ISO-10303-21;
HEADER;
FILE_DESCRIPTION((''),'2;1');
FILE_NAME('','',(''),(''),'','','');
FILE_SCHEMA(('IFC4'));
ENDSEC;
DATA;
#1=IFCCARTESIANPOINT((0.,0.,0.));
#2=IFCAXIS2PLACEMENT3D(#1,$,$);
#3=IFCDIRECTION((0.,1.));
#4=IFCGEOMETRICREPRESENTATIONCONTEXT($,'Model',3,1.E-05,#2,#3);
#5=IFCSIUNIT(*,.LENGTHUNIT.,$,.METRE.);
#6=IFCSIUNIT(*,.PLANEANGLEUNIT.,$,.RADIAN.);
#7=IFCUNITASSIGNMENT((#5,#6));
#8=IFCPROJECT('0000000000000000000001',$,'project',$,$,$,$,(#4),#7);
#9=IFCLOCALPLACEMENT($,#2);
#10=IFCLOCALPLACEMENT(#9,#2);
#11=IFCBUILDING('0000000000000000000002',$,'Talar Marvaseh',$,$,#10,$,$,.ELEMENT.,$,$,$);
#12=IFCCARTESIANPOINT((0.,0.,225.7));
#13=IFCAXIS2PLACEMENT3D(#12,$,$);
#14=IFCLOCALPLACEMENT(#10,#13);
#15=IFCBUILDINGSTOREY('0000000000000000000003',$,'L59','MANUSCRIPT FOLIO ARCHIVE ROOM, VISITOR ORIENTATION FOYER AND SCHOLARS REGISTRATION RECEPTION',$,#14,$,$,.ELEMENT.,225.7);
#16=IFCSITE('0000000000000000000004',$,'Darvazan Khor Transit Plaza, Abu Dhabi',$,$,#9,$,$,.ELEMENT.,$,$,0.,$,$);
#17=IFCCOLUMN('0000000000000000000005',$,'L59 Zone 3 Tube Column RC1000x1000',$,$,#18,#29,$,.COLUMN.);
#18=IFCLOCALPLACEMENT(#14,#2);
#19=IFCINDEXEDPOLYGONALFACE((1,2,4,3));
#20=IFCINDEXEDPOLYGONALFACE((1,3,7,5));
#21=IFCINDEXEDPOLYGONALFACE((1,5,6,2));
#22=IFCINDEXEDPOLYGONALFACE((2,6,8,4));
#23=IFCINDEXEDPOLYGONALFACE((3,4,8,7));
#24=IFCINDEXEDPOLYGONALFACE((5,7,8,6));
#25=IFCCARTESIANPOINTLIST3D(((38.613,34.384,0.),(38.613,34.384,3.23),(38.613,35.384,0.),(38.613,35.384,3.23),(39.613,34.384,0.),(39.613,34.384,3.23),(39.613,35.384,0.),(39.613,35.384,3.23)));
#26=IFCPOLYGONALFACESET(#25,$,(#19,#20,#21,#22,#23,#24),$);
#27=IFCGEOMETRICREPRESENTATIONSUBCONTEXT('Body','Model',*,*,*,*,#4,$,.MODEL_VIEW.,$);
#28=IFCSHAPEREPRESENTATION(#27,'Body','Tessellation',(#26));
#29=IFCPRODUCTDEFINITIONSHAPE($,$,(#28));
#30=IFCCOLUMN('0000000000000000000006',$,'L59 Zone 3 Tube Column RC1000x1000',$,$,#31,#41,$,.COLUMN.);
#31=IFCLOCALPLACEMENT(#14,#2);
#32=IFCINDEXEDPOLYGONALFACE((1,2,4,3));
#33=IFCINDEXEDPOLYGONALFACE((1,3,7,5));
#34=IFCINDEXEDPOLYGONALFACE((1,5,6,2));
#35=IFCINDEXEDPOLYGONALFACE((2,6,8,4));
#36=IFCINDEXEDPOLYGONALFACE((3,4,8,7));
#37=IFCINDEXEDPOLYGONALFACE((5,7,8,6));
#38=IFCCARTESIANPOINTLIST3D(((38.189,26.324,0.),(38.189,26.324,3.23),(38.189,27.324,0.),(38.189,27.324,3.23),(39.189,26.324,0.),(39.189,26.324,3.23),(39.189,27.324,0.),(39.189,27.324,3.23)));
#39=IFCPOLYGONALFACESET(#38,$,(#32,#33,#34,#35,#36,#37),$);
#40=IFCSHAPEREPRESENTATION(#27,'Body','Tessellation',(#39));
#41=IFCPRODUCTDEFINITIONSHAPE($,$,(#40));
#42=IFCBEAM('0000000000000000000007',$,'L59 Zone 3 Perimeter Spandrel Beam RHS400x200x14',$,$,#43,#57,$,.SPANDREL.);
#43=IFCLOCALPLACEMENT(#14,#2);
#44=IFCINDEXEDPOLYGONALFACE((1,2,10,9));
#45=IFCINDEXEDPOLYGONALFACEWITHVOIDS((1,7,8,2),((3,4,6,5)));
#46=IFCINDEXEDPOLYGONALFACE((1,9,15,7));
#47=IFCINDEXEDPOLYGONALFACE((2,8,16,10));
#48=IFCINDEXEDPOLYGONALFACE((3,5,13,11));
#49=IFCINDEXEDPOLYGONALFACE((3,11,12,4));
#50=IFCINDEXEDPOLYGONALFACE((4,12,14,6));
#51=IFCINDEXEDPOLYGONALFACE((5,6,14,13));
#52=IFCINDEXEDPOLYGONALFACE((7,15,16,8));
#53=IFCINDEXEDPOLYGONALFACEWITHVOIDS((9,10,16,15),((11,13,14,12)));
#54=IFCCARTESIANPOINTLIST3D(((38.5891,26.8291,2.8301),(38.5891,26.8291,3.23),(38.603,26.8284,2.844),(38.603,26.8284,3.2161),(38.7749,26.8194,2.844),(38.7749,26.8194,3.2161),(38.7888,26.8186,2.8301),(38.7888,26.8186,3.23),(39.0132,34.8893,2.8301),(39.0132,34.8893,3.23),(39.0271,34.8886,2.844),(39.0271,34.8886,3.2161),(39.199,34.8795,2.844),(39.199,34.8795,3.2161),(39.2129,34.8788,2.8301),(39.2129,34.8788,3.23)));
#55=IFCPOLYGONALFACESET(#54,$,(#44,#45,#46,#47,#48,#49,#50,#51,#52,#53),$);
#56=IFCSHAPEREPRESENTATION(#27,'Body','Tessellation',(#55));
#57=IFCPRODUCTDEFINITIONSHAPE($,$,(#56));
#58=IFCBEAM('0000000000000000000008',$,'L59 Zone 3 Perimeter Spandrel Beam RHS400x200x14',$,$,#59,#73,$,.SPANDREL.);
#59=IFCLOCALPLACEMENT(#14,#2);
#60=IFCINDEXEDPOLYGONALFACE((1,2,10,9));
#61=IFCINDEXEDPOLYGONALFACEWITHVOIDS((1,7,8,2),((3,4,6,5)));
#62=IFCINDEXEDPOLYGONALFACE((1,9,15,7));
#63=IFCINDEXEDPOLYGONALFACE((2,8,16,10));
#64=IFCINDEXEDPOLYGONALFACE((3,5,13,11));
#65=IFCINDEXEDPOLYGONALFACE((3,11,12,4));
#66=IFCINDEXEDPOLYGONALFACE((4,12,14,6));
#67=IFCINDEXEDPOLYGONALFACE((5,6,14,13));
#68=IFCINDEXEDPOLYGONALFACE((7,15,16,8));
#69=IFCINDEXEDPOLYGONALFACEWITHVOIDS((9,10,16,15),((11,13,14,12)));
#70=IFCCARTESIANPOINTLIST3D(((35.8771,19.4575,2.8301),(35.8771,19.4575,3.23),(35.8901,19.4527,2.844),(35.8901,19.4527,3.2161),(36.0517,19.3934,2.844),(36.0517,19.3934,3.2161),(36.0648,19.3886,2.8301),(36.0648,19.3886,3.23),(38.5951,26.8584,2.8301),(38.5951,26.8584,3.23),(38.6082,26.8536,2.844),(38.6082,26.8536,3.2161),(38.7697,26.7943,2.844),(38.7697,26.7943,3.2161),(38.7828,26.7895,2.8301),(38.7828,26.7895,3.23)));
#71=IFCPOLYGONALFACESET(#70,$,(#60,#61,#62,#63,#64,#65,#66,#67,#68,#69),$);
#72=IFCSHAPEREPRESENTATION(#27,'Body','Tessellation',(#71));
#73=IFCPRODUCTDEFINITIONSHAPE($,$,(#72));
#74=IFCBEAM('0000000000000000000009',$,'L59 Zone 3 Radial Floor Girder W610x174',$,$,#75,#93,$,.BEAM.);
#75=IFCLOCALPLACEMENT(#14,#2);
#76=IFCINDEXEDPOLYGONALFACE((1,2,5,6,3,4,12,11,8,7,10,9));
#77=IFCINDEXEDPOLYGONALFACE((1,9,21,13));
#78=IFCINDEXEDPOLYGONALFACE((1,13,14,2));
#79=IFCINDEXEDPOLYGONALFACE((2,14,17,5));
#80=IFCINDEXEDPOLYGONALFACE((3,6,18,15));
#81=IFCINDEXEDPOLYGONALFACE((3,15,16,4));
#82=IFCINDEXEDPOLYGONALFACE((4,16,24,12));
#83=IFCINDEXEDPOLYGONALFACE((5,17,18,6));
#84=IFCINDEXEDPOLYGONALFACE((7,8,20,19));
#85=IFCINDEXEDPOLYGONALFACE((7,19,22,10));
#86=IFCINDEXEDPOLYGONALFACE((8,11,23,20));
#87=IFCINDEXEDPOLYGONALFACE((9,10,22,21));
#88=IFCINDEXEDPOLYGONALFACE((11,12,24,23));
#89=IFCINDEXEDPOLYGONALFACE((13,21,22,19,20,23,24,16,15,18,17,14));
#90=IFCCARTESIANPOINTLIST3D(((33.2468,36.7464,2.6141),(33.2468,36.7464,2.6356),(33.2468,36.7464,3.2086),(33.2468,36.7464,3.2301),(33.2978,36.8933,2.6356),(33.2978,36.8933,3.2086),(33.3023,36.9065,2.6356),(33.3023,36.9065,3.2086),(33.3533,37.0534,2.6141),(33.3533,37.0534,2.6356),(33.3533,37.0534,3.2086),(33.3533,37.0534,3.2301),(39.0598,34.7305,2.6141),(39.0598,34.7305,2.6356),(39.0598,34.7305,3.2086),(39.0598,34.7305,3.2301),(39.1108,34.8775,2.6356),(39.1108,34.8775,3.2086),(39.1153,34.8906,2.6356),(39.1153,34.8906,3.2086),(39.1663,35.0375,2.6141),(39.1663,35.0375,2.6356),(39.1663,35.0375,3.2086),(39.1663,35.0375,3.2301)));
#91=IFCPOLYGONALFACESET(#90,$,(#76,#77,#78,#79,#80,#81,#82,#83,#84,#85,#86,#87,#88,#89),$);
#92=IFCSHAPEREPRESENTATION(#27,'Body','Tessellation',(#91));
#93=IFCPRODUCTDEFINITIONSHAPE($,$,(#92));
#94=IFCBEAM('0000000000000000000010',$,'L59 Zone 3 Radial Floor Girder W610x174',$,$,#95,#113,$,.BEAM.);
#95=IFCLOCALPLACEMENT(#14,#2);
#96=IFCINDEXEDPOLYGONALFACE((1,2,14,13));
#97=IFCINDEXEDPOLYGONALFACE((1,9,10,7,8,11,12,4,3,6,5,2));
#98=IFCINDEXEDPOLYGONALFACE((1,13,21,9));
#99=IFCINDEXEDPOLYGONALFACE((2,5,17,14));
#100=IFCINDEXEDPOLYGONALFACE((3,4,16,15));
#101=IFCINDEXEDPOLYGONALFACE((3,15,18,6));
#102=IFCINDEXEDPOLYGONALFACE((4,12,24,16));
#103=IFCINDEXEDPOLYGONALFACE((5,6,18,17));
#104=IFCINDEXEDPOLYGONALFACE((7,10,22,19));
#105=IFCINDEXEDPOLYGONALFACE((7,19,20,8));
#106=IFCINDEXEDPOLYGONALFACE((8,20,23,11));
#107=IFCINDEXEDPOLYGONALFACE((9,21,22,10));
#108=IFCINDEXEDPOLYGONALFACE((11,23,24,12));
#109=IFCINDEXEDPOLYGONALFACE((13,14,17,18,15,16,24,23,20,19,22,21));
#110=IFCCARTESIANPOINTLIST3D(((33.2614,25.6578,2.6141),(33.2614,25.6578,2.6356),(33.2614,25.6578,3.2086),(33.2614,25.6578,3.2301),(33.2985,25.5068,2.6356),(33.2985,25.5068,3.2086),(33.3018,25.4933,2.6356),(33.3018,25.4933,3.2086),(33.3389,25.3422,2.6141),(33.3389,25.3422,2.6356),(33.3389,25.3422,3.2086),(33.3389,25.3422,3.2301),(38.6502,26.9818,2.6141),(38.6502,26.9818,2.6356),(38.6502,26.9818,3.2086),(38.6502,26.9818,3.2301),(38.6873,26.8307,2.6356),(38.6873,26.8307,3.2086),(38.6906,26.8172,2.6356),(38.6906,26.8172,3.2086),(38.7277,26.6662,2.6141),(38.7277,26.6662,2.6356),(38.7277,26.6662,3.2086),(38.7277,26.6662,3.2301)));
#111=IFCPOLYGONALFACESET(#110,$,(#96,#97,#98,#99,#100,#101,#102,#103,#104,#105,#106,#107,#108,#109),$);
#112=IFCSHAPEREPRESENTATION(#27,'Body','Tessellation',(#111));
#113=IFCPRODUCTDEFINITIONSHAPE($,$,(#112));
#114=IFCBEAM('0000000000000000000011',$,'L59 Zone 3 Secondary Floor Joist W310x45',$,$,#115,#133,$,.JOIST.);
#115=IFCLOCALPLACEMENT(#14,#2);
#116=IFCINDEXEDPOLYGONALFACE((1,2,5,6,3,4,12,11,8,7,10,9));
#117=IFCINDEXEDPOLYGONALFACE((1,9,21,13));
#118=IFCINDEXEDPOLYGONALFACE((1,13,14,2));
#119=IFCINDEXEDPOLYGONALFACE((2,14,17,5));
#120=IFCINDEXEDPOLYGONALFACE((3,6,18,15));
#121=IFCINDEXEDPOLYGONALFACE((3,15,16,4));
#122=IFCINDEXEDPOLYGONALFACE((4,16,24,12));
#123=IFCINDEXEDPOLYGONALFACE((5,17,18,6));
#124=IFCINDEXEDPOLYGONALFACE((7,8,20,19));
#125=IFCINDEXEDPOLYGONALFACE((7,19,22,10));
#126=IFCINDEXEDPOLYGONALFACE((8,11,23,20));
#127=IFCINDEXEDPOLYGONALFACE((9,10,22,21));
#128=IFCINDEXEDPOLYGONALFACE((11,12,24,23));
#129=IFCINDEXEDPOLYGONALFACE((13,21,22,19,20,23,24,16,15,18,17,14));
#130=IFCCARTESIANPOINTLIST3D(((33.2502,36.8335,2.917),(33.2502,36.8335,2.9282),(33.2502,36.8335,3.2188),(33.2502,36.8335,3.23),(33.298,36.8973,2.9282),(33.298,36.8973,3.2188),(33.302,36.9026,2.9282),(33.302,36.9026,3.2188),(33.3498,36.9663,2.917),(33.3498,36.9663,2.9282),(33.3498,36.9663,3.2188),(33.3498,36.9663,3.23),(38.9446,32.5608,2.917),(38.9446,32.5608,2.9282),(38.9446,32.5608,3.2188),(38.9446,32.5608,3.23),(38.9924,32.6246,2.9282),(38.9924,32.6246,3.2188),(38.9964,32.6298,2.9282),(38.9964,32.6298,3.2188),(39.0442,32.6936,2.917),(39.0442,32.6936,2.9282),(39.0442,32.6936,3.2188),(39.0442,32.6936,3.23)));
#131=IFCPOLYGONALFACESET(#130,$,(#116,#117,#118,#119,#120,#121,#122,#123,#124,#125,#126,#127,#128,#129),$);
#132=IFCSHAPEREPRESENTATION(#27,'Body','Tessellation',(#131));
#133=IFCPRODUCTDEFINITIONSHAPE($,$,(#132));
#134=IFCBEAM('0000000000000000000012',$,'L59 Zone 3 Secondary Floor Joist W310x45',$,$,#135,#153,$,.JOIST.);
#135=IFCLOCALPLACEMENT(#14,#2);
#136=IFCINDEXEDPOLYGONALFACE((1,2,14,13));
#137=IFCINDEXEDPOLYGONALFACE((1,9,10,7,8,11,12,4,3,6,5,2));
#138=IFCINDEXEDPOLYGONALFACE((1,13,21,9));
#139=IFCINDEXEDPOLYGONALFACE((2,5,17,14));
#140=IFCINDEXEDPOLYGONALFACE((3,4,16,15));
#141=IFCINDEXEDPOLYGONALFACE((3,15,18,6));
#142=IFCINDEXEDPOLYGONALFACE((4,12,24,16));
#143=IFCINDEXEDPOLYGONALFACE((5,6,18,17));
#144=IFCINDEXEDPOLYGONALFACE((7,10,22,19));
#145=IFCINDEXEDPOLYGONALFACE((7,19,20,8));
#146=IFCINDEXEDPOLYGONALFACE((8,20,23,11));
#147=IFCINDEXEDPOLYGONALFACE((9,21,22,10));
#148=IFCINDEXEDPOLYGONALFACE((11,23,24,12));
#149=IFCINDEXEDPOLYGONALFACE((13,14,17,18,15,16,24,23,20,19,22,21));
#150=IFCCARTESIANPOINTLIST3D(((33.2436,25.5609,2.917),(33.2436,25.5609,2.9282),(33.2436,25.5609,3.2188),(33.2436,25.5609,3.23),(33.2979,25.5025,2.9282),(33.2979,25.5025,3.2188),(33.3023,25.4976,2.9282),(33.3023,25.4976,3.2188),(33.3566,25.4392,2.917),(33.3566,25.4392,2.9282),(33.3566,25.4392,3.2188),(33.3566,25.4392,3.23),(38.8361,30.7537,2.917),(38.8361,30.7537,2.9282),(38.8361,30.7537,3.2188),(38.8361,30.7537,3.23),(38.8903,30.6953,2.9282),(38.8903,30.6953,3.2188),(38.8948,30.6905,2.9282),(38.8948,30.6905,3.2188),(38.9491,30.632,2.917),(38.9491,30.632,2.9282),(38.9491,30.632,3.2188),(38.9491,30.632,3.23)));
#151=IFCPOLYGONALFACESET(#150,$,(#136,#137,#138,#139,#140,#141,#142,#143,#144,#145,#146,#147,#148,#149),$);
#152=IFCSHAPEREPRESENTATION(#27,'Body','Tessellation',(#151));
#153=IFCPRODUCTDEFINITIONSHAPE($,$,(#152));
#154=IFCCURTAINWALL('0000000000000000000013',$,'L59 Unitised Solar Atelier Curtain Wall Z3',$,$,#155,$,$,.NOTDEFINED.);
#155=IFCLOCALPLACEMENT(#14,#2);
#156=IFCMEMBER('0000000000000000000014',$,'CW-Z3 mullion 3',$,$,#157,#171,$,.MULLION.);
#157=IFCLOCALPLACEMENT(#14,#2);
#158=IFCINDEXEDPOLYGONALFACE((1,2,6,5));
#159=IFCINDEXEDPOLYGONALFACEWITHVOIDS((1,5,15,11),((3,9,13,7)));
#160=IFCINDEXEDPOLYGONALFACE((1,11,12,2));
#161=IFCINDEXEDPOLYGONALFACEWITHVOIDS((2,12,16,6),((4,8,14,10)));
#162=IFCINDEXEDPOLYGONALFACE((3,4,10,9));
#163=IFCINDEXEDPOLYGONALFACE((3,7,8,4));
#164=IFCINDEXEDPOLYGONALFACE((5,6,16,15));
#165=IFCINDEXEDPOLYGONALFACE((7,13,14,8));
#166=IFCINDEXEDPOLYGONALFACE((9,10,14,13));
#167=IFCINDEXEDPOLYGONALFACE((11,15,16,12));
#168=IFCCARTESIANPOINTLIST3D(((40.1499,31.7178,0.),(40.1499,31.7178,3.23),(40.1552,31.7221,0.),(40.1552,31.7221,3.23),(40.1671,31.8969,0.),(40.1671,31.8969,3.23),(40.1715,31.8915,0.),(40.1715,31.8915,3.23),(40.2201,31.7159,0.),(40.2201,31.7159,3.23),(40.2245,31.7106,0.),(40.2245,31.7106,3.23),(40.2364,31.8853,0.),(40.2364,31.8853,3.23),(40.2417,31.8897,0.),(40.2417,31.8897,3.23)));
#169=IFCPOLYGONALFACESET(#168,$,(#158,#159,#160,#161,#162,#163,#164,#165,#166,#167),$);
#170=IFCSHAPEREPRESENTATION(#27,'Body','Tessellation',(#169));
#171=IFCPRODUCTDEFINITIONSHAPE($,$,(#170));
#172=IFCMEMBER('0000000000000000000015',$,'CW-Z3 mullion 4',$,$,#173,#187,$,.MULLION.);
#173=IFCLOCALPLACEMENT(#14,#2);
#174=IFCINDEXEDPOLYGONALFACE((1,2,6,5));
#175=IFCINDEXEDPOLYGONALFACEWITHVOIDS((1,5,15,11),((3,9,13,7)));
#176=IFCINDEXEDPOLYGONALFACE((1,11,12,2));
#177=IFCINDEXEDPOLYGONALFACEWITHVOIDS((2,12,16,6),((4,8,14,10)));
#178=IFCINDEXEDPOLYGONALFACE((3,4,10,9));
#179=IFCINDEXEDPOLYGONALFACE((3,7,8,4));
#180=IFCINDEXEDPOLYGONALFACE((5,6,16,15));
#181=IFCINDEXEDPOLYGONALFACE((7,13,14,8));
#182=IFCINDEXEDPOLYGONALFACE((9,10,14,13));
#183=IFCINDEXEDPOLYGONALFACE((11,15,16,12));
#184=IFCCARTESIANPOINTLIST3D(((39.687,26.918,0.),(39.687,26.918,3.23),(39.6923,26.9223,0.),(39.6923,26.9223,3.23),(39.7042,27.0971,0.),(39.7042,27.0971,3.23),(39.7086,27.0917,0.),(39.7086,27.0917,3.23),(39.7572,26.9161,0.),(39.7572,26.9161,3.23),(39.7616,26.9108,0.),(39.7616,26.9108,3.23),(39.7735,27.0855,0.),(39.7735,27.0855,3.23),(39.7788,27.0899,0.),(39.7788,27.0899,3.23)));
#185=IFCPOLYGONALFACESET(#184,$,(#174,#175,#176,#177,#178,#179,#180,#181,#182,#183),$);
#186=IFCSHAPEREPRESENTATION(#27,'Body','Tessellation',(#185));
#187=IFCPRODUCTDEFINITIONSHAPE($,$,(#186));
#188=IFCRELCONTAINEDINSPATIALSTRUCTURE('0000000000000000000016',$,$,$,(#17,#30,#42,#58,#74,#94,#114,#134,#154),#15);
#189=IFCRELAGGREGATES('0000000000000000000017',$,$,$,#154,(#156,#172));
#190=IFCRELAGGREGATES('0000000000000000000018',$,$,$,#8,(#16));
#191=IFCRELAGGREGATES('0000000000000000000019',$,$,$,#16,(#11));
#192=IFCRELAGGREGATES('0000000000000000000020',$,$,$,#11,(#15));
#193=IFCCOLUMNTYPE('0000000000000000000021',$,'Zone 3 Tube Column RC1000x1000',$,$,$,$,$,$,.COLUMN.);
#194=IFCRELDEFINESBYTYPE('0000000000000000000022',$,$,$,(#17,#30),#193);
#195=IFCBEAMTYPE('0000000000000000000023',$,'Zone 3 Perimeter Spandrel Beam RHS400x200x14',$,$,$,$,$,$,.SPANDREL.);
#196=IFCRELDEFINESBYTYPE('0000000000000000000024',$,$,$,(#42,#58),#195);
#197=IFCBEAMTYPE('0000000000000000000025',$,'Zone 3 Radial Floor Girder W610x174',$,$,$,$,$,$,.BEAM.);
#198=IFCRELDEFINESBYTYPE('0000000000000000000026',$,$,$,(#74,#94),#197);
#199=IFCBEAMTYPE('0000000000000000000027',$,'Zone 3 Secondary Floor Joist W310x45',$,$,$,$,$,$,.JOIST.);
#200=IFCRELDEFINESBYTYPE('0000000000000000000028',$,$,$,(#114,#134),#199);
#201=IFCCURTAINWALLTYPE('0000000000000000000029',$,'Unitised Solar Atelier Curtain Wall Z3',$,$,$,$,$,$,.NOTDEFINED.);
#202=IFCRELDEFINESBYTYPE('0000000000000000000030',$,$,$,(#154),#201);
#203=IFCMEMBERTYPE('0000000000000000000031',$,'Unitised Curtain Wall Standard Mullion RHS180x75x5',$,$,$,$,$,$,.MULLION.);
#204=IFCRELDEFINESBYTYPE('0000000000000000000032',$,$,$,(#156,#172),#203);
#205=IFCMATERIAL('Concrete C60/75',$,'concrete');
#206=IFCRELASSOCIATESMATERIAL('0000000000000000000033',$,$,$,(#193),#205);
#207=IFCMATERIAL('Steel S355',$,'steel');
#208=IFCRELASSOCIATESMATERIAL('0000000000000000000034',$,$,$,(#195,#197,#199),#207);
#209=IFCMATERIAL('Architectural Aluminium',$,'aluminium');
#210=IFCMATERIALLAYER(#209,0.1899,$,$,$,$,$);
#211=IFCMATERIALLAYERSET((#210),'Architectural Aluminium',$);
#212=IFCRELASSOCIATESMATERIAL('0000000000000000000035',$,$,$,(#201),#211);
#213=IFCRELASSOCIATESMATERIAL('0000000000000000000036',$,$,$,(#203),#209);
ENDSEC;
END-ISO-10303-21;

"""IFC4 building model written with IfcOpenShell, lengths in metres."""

from ifc_helpers import new_model, si_unit, direction, frame, origin, origin_2d, place, context, subcontext, project, spatial, rectangle, hollow_rectangle, i_section, extrude, source, transform, mapped, material, layer, layer_set, material_profile, profile_set, type_object, type_shapes, element, aggregate, save


model = new_model("IFC4")

# Units and contexts
model_context = context("Model", 3, precision=1e-05, world=origin(), true_north=direction((0.0, 1.0)))
body_context = subcontext(model_context, "Body", "Model", "MODEL_VIEW")
ifc_project = project(units=[si_unit("LENGTHUNIT", "METRE"), si_unit("PLANEANGLEUNIT", "RADIAN")], contexts=[model_context])

# Site, building, storey
site_placement = place(None, origin())
site = spatial("IfcSite", under=ifc_project, at=site_placement, Name="Darvazan Khor Transit Plaza, Abu Dhabi", CompositionType="ELEMENT", RefElevation=0.0)
building_placement = place(site_placement, origin())
building = spatial("IfcBuilding", under=site, at=building_placement, Name="Talar Marvaseh", CompositionType="ELEMENT")
storey_placement = place(building_placement, frame((0.0, 0.0, 225.7)))
storey = spatial("IfcBuildingStorey", under=building, at=storey_placement, Name="L59", Description="MANUSCRIPT FOLIO ARCHIVE ROOM, VISITOR ORIENTATION FOYER AND SCHOLARS REGISTRATION RECEPTION", CompositionType="ELEMENT", Elevation=225.7)

# Columns
ifc_material_1 = material(Name="Concrete C60/75", Category="concrete")
ifc_material_profile_1 = material_profile(ifc_material_1, rectangle(XDim=1.0, YDim=1.0, at=origin_2d()), Name="RC1000x1000")
ifc_profile_set_1 = profile_set([ifc_material_profile_1], Name="Concrete C60/75")
column_type = type_object("IfcColumnType", Name="Zone 3 Tube Column RC1000x1000", PredefinedType="COLUMN", material=ifc_profile_set_1)
for number, where, z_axis, x_axis, name in (
    (1, (39.113, 34.884, 0.0), (0.0, 0.0, 1.0), (1.0, 0.0, 0.0), "L59 Zone 3 Tube Column RC1000x1000"),
    (2, (38.689, 26.824, 0.0), (0.0, 0.0, 1.0), (1.0, 0.0, 0.0), "L59 Zone 3 Tube Column RC1000x1000"),
):
    element("IfcColumn", number, at=place(storey_placement, frame(where, z_axis=z_axis, x_axis=x_axis)), inside=storey, type_object=column_type, Name=name, PredefinedType="COLUMN", context=body_context, shape_type="SweptSolid", body=[
        extrude(rectangle(XDim=1.0, YDim=1.0, at=origin_2d()), origin(), (0.0, 0.0, 1.0), 3.23),
    ])

# Beams
ifc_material_2 = material(Name="Steel S355", Category="steel")
ifc_material_profile_2 = material_profile(ifc_material_2, hollow_rectangle(XDim=0.2, YDim=0.3999, WallThickness=0.0139, at=origin_2d()), Name="RHS400x200x14")
ifc_profile_set_2 = profile_set([ifc_material_profile_2], Name="Steel S355")
beam_type_1 = type_object("IfcBeamType", Name="Zone 3 Perimeter Spandrel Beam RHS400x200x14", PredefinedType="SPANDREL", material=ifc_profile_set_2)
beam_1_placement = place(storey_placement, frame((39.113, 34.884, 3.03), z_axis=(-0.052541, -0.998619, 0.0), x_axis=(0.998619, -0.052541, 0.0)))
element("IfcBeam", 3, at=beam_1_placement, inside=storey, type_object=beam_type_1, Name="L59 Zone 3 Perimeter Spandrel Beam RHS400x200x14", PredefinedType="SPANDREL", context=body_context, shape_type="SweptSolid", body=[
    extrude(hollow_rectangle(XDim=0.2, YDim=0.3999, WallThickness=0.0139, at=origin_2d()), origin(), (0.0, 0.0, 1.0), 8.0713),
])
beam_2_placement = place(storey_placement, frame((38.689, 26.824, 3.03), z_axis=(-0.344742, -0.938697, 0.0), x_axis=(0.938697, -0.344742, 0.0)))
element("IfcBeam", 4, at=beam_2_placement, inside=storey, type_object=beam_type_1, Name="L59 Zone 3 Perimeter Spandrel Beam RHS400x200x14", PredefinedType="SPANDREL", context=body_context, shape_type="SweptSolid", body=[
    extrude(hollow_rectangle(XDim=0.2, YDim=0.3999, WallThickness=0.0139, at=origin_2d()), origin(), (0.0, 0.0, 1.0), 7.8843),
])
ifc_material_profile_3 = material_profile(ifc_material_2, i_section(OverallWidth=0.325, OverallDepth=0.616, WebThickness=0.0139, FlangeThickness=0.0215, at=origin_2d()), Name="W610x174")
ifc_profile_set_3 = profile_set([ifc_material_profile_3], Name="Steel S355")
beam_type_2 = type_object("IfcBeamType", Name="Zone 3 Radial Floor Girder W610x174", PredefinedType="BEAM", material=ifc_profile_set_3)
beam_3_placement = place(storey_placement, frame((39.113, 34.884, 2.9221), z_axis=(-0.944801, 0.327645, 0.0), x_axis=(-0.327645, -0.944801, 0.0)))
element("IfcBeam", 5, at=beam_3_placement, inside=storey, type_object=beam_type_2, Name="L59 Zone 3 Radial Floor Girder W610x174", PredefinedType="BEAM", context=body_context, shape_type="SweptSolid", body=[
    extrude(i_section(OverallWidth=0.325, OverallDepth=0.616, WebThickness=0.0139, FlangeThickness=0.0215, at=origin_2d()), origin(), (0.0, 0.0, 1.0), 6.1526),
])
beam_4_placement = place(storey_placement, frame((38.689, 26.824, 2.9221), z_axis=(-0.971121, -0.23859, 0.0), x_axis=(0.23859, -0.971121, 0.0)))
element("IfcBeam", 6, at=beam_4_placement, inside=storey, type_object=beam_type_2, Name="L59 Zone 3 Radial Floor Girder W610x174", PredefinedType="BEAM", context=body_context, shape_type="SweptSolid", body=[
    extrude(i_section(OverallWidth=0.325, OverallDepth=0.616, WebThickness=0.0139, FlangeThickness=0.0215, at=origin_2d()), origin(), (0.0, 0.0, 1.0), 5.5491),
])
ifc_material_profile_4 = material_profile(ifc_material_2, i_section(OverallWidth=0.166, OverallDepth=0.313, WebThickness=0.0066, FlangeThickness=0.0112, at=origin_2d()), Name="W310x45")
ifc_profile_set_4 = profile_set([ifc_material_profile_4], Name="Steel S355")
beam_type_3 = type_object("IfcBeamType", Name="Zone 3 Secondary Floor Joist W310x45", PredefinedType="JOIST", material=ifc_profile_set_4)
beam_5_placement = place(storey_placement, frame((38.9944, 32.6272, 3.0735), z_axis=(-0.799868, 0.600176, 0.0), x_axis=(-0.600176, -0.799868, 0.0)))
element("IfcBeam", 7, at=beam_5_placement, inside=storey, type_object=beam_type_3, Name="L59 Zone 3 Secondary Floor Joist W310x45", PredefinedType="JOIST", context=body_context, shape_type="SweptSolid", body=[
    extrude(i_section(OverallWidth=0.166, OverallDepth=0.313, WebThickness=0.0066, FlangeThickness=0.0112, at=origin_2d()), origin(), (0.0, 0.0, 1.0), 7.1191),
])
beam_6_placement = place(storey_placement, frame((38.8926, 30.6929, 3.0735), z_axis=(-0.732806, -0.680438, 0.0), x_axis=(0.680438, -0.732806, 0.0)))
element("IfcBeam", 8, at=beam_6_placement, inside=storey, type_object=beam_type_3, Name="L59 Zone 3 Secondary Floor Joist W310x45", PredefinedType="JOIST", context=body_context, shape_type="SweptSolid", body=[
    extrude(i_section(OverallWidth=0.166, OverallDepth=0.313, WebThickness=0.0066, FlangeThickness=0.0112, at=origin_2d()), origin(), (0.0, 0.0, 1.0), 7.6316),
])

# Curtain wall, members
ifc_material_3 = material(Name="Architectural Aluminium", Category="aluminium")
ifc_layer_1 = layer(ifc_material_3, 0.1899)
ifc_layer_set_1 = layer_set([ifc_layer_1], Name="Architectural Aluminium")
curtain_wall_type = type_object("IfcCurtainWallType", Name="Unitised Solar Atelier Curtain Wall Z3", PredefinedType="NOTDEFINED", material=ifc_layer_set_1)
curtain_wall_placement = place(storey_placement, origin())
curtain_wall = element("IfcCurtainWall", 9, at=curtain_wall_placement, inside=storey, type_object=curtain_wall_type, Name="L59 Unitised Solar Atelier Curtain Wall Z3", PredefinedType="NOTDEFINED")
ifc_material_profile_5 = material_profile(ifc_material_3, hollow_rectangle(XDim=0.075, YDim=0.1799, WallThickness=0.0049, at=origin_2d()), Name="RHS180x75x5")
ifc_profile_set_5 = profile_set([ifc_material_profile_5], Name="Architectural Aluminium")
member_type_1 = type_object("IfcMemberType", Name="Unitised Curtain Wall Standard Mullion RHS180x75x5", PredefinedType="MULLION", material=ifc_profile_set_5)
shared_shape_1 = source(origin(), body_context, "Body", "SweptSolid", [
    extrude(hollow_rectangle(XDim=0.075, YDim=0.1799, WallThickness=0.0049, at=origin_2d()), origin(), (0.0, 0.0, 1.0), 3.23),
])
type_shapes(member_type_1, [shared_shape_1])
member_1_placement = place(storey_placement, frame((40.1958, 31.8037, 0.0), z_axis=(0.0, 0.0, 1.0), x_axis=(0.995382, -0.095997, 0.0)))
member_1 = element("IfcMember", 10, at=member_1_placement, type_object=member_type_1, Name="CW-Z3 mullion 3", PredefinedType="MULLION", context=body_context, shape_type="MappedRepresentation", body=[
    mapped(shared_shape_1, transform((0.0, 0.0, 0.0), x_axis=(1.0, 0.0, 0.0), y_axis=(0.0, 1.0, 0.0), z_axis=(0.0, 0.0, 1.0), scale=1.0)),
])
member_2_placement = place(storey_placement, frame((39.7329, 27.0039, 0.0), z_axis=(0.0, 0.0, 1.0), x_axis=(0.995382, -0.095997, 0.0)))
member_2 = element("IfcMember", 11, at=member_2_placement, type_object=member_type_1, Name="CW-Z3 mullion 4", PredefinedType="MULLION", context=body_context, shape_type="MappedRepresentation", body=[
    mapped(shared_shape_1, transform((0.0, 0.0, 0.0), x_axis=(1.0, 0.0, 0.0), y_axis=(0.0, 1.0, 0.0), z_axis=(0.0, 0.0, 1.0), scale=1.0)),
])
aggregate(curtain_wall, [member_1, member_2])

save(model, "model.ifc")
